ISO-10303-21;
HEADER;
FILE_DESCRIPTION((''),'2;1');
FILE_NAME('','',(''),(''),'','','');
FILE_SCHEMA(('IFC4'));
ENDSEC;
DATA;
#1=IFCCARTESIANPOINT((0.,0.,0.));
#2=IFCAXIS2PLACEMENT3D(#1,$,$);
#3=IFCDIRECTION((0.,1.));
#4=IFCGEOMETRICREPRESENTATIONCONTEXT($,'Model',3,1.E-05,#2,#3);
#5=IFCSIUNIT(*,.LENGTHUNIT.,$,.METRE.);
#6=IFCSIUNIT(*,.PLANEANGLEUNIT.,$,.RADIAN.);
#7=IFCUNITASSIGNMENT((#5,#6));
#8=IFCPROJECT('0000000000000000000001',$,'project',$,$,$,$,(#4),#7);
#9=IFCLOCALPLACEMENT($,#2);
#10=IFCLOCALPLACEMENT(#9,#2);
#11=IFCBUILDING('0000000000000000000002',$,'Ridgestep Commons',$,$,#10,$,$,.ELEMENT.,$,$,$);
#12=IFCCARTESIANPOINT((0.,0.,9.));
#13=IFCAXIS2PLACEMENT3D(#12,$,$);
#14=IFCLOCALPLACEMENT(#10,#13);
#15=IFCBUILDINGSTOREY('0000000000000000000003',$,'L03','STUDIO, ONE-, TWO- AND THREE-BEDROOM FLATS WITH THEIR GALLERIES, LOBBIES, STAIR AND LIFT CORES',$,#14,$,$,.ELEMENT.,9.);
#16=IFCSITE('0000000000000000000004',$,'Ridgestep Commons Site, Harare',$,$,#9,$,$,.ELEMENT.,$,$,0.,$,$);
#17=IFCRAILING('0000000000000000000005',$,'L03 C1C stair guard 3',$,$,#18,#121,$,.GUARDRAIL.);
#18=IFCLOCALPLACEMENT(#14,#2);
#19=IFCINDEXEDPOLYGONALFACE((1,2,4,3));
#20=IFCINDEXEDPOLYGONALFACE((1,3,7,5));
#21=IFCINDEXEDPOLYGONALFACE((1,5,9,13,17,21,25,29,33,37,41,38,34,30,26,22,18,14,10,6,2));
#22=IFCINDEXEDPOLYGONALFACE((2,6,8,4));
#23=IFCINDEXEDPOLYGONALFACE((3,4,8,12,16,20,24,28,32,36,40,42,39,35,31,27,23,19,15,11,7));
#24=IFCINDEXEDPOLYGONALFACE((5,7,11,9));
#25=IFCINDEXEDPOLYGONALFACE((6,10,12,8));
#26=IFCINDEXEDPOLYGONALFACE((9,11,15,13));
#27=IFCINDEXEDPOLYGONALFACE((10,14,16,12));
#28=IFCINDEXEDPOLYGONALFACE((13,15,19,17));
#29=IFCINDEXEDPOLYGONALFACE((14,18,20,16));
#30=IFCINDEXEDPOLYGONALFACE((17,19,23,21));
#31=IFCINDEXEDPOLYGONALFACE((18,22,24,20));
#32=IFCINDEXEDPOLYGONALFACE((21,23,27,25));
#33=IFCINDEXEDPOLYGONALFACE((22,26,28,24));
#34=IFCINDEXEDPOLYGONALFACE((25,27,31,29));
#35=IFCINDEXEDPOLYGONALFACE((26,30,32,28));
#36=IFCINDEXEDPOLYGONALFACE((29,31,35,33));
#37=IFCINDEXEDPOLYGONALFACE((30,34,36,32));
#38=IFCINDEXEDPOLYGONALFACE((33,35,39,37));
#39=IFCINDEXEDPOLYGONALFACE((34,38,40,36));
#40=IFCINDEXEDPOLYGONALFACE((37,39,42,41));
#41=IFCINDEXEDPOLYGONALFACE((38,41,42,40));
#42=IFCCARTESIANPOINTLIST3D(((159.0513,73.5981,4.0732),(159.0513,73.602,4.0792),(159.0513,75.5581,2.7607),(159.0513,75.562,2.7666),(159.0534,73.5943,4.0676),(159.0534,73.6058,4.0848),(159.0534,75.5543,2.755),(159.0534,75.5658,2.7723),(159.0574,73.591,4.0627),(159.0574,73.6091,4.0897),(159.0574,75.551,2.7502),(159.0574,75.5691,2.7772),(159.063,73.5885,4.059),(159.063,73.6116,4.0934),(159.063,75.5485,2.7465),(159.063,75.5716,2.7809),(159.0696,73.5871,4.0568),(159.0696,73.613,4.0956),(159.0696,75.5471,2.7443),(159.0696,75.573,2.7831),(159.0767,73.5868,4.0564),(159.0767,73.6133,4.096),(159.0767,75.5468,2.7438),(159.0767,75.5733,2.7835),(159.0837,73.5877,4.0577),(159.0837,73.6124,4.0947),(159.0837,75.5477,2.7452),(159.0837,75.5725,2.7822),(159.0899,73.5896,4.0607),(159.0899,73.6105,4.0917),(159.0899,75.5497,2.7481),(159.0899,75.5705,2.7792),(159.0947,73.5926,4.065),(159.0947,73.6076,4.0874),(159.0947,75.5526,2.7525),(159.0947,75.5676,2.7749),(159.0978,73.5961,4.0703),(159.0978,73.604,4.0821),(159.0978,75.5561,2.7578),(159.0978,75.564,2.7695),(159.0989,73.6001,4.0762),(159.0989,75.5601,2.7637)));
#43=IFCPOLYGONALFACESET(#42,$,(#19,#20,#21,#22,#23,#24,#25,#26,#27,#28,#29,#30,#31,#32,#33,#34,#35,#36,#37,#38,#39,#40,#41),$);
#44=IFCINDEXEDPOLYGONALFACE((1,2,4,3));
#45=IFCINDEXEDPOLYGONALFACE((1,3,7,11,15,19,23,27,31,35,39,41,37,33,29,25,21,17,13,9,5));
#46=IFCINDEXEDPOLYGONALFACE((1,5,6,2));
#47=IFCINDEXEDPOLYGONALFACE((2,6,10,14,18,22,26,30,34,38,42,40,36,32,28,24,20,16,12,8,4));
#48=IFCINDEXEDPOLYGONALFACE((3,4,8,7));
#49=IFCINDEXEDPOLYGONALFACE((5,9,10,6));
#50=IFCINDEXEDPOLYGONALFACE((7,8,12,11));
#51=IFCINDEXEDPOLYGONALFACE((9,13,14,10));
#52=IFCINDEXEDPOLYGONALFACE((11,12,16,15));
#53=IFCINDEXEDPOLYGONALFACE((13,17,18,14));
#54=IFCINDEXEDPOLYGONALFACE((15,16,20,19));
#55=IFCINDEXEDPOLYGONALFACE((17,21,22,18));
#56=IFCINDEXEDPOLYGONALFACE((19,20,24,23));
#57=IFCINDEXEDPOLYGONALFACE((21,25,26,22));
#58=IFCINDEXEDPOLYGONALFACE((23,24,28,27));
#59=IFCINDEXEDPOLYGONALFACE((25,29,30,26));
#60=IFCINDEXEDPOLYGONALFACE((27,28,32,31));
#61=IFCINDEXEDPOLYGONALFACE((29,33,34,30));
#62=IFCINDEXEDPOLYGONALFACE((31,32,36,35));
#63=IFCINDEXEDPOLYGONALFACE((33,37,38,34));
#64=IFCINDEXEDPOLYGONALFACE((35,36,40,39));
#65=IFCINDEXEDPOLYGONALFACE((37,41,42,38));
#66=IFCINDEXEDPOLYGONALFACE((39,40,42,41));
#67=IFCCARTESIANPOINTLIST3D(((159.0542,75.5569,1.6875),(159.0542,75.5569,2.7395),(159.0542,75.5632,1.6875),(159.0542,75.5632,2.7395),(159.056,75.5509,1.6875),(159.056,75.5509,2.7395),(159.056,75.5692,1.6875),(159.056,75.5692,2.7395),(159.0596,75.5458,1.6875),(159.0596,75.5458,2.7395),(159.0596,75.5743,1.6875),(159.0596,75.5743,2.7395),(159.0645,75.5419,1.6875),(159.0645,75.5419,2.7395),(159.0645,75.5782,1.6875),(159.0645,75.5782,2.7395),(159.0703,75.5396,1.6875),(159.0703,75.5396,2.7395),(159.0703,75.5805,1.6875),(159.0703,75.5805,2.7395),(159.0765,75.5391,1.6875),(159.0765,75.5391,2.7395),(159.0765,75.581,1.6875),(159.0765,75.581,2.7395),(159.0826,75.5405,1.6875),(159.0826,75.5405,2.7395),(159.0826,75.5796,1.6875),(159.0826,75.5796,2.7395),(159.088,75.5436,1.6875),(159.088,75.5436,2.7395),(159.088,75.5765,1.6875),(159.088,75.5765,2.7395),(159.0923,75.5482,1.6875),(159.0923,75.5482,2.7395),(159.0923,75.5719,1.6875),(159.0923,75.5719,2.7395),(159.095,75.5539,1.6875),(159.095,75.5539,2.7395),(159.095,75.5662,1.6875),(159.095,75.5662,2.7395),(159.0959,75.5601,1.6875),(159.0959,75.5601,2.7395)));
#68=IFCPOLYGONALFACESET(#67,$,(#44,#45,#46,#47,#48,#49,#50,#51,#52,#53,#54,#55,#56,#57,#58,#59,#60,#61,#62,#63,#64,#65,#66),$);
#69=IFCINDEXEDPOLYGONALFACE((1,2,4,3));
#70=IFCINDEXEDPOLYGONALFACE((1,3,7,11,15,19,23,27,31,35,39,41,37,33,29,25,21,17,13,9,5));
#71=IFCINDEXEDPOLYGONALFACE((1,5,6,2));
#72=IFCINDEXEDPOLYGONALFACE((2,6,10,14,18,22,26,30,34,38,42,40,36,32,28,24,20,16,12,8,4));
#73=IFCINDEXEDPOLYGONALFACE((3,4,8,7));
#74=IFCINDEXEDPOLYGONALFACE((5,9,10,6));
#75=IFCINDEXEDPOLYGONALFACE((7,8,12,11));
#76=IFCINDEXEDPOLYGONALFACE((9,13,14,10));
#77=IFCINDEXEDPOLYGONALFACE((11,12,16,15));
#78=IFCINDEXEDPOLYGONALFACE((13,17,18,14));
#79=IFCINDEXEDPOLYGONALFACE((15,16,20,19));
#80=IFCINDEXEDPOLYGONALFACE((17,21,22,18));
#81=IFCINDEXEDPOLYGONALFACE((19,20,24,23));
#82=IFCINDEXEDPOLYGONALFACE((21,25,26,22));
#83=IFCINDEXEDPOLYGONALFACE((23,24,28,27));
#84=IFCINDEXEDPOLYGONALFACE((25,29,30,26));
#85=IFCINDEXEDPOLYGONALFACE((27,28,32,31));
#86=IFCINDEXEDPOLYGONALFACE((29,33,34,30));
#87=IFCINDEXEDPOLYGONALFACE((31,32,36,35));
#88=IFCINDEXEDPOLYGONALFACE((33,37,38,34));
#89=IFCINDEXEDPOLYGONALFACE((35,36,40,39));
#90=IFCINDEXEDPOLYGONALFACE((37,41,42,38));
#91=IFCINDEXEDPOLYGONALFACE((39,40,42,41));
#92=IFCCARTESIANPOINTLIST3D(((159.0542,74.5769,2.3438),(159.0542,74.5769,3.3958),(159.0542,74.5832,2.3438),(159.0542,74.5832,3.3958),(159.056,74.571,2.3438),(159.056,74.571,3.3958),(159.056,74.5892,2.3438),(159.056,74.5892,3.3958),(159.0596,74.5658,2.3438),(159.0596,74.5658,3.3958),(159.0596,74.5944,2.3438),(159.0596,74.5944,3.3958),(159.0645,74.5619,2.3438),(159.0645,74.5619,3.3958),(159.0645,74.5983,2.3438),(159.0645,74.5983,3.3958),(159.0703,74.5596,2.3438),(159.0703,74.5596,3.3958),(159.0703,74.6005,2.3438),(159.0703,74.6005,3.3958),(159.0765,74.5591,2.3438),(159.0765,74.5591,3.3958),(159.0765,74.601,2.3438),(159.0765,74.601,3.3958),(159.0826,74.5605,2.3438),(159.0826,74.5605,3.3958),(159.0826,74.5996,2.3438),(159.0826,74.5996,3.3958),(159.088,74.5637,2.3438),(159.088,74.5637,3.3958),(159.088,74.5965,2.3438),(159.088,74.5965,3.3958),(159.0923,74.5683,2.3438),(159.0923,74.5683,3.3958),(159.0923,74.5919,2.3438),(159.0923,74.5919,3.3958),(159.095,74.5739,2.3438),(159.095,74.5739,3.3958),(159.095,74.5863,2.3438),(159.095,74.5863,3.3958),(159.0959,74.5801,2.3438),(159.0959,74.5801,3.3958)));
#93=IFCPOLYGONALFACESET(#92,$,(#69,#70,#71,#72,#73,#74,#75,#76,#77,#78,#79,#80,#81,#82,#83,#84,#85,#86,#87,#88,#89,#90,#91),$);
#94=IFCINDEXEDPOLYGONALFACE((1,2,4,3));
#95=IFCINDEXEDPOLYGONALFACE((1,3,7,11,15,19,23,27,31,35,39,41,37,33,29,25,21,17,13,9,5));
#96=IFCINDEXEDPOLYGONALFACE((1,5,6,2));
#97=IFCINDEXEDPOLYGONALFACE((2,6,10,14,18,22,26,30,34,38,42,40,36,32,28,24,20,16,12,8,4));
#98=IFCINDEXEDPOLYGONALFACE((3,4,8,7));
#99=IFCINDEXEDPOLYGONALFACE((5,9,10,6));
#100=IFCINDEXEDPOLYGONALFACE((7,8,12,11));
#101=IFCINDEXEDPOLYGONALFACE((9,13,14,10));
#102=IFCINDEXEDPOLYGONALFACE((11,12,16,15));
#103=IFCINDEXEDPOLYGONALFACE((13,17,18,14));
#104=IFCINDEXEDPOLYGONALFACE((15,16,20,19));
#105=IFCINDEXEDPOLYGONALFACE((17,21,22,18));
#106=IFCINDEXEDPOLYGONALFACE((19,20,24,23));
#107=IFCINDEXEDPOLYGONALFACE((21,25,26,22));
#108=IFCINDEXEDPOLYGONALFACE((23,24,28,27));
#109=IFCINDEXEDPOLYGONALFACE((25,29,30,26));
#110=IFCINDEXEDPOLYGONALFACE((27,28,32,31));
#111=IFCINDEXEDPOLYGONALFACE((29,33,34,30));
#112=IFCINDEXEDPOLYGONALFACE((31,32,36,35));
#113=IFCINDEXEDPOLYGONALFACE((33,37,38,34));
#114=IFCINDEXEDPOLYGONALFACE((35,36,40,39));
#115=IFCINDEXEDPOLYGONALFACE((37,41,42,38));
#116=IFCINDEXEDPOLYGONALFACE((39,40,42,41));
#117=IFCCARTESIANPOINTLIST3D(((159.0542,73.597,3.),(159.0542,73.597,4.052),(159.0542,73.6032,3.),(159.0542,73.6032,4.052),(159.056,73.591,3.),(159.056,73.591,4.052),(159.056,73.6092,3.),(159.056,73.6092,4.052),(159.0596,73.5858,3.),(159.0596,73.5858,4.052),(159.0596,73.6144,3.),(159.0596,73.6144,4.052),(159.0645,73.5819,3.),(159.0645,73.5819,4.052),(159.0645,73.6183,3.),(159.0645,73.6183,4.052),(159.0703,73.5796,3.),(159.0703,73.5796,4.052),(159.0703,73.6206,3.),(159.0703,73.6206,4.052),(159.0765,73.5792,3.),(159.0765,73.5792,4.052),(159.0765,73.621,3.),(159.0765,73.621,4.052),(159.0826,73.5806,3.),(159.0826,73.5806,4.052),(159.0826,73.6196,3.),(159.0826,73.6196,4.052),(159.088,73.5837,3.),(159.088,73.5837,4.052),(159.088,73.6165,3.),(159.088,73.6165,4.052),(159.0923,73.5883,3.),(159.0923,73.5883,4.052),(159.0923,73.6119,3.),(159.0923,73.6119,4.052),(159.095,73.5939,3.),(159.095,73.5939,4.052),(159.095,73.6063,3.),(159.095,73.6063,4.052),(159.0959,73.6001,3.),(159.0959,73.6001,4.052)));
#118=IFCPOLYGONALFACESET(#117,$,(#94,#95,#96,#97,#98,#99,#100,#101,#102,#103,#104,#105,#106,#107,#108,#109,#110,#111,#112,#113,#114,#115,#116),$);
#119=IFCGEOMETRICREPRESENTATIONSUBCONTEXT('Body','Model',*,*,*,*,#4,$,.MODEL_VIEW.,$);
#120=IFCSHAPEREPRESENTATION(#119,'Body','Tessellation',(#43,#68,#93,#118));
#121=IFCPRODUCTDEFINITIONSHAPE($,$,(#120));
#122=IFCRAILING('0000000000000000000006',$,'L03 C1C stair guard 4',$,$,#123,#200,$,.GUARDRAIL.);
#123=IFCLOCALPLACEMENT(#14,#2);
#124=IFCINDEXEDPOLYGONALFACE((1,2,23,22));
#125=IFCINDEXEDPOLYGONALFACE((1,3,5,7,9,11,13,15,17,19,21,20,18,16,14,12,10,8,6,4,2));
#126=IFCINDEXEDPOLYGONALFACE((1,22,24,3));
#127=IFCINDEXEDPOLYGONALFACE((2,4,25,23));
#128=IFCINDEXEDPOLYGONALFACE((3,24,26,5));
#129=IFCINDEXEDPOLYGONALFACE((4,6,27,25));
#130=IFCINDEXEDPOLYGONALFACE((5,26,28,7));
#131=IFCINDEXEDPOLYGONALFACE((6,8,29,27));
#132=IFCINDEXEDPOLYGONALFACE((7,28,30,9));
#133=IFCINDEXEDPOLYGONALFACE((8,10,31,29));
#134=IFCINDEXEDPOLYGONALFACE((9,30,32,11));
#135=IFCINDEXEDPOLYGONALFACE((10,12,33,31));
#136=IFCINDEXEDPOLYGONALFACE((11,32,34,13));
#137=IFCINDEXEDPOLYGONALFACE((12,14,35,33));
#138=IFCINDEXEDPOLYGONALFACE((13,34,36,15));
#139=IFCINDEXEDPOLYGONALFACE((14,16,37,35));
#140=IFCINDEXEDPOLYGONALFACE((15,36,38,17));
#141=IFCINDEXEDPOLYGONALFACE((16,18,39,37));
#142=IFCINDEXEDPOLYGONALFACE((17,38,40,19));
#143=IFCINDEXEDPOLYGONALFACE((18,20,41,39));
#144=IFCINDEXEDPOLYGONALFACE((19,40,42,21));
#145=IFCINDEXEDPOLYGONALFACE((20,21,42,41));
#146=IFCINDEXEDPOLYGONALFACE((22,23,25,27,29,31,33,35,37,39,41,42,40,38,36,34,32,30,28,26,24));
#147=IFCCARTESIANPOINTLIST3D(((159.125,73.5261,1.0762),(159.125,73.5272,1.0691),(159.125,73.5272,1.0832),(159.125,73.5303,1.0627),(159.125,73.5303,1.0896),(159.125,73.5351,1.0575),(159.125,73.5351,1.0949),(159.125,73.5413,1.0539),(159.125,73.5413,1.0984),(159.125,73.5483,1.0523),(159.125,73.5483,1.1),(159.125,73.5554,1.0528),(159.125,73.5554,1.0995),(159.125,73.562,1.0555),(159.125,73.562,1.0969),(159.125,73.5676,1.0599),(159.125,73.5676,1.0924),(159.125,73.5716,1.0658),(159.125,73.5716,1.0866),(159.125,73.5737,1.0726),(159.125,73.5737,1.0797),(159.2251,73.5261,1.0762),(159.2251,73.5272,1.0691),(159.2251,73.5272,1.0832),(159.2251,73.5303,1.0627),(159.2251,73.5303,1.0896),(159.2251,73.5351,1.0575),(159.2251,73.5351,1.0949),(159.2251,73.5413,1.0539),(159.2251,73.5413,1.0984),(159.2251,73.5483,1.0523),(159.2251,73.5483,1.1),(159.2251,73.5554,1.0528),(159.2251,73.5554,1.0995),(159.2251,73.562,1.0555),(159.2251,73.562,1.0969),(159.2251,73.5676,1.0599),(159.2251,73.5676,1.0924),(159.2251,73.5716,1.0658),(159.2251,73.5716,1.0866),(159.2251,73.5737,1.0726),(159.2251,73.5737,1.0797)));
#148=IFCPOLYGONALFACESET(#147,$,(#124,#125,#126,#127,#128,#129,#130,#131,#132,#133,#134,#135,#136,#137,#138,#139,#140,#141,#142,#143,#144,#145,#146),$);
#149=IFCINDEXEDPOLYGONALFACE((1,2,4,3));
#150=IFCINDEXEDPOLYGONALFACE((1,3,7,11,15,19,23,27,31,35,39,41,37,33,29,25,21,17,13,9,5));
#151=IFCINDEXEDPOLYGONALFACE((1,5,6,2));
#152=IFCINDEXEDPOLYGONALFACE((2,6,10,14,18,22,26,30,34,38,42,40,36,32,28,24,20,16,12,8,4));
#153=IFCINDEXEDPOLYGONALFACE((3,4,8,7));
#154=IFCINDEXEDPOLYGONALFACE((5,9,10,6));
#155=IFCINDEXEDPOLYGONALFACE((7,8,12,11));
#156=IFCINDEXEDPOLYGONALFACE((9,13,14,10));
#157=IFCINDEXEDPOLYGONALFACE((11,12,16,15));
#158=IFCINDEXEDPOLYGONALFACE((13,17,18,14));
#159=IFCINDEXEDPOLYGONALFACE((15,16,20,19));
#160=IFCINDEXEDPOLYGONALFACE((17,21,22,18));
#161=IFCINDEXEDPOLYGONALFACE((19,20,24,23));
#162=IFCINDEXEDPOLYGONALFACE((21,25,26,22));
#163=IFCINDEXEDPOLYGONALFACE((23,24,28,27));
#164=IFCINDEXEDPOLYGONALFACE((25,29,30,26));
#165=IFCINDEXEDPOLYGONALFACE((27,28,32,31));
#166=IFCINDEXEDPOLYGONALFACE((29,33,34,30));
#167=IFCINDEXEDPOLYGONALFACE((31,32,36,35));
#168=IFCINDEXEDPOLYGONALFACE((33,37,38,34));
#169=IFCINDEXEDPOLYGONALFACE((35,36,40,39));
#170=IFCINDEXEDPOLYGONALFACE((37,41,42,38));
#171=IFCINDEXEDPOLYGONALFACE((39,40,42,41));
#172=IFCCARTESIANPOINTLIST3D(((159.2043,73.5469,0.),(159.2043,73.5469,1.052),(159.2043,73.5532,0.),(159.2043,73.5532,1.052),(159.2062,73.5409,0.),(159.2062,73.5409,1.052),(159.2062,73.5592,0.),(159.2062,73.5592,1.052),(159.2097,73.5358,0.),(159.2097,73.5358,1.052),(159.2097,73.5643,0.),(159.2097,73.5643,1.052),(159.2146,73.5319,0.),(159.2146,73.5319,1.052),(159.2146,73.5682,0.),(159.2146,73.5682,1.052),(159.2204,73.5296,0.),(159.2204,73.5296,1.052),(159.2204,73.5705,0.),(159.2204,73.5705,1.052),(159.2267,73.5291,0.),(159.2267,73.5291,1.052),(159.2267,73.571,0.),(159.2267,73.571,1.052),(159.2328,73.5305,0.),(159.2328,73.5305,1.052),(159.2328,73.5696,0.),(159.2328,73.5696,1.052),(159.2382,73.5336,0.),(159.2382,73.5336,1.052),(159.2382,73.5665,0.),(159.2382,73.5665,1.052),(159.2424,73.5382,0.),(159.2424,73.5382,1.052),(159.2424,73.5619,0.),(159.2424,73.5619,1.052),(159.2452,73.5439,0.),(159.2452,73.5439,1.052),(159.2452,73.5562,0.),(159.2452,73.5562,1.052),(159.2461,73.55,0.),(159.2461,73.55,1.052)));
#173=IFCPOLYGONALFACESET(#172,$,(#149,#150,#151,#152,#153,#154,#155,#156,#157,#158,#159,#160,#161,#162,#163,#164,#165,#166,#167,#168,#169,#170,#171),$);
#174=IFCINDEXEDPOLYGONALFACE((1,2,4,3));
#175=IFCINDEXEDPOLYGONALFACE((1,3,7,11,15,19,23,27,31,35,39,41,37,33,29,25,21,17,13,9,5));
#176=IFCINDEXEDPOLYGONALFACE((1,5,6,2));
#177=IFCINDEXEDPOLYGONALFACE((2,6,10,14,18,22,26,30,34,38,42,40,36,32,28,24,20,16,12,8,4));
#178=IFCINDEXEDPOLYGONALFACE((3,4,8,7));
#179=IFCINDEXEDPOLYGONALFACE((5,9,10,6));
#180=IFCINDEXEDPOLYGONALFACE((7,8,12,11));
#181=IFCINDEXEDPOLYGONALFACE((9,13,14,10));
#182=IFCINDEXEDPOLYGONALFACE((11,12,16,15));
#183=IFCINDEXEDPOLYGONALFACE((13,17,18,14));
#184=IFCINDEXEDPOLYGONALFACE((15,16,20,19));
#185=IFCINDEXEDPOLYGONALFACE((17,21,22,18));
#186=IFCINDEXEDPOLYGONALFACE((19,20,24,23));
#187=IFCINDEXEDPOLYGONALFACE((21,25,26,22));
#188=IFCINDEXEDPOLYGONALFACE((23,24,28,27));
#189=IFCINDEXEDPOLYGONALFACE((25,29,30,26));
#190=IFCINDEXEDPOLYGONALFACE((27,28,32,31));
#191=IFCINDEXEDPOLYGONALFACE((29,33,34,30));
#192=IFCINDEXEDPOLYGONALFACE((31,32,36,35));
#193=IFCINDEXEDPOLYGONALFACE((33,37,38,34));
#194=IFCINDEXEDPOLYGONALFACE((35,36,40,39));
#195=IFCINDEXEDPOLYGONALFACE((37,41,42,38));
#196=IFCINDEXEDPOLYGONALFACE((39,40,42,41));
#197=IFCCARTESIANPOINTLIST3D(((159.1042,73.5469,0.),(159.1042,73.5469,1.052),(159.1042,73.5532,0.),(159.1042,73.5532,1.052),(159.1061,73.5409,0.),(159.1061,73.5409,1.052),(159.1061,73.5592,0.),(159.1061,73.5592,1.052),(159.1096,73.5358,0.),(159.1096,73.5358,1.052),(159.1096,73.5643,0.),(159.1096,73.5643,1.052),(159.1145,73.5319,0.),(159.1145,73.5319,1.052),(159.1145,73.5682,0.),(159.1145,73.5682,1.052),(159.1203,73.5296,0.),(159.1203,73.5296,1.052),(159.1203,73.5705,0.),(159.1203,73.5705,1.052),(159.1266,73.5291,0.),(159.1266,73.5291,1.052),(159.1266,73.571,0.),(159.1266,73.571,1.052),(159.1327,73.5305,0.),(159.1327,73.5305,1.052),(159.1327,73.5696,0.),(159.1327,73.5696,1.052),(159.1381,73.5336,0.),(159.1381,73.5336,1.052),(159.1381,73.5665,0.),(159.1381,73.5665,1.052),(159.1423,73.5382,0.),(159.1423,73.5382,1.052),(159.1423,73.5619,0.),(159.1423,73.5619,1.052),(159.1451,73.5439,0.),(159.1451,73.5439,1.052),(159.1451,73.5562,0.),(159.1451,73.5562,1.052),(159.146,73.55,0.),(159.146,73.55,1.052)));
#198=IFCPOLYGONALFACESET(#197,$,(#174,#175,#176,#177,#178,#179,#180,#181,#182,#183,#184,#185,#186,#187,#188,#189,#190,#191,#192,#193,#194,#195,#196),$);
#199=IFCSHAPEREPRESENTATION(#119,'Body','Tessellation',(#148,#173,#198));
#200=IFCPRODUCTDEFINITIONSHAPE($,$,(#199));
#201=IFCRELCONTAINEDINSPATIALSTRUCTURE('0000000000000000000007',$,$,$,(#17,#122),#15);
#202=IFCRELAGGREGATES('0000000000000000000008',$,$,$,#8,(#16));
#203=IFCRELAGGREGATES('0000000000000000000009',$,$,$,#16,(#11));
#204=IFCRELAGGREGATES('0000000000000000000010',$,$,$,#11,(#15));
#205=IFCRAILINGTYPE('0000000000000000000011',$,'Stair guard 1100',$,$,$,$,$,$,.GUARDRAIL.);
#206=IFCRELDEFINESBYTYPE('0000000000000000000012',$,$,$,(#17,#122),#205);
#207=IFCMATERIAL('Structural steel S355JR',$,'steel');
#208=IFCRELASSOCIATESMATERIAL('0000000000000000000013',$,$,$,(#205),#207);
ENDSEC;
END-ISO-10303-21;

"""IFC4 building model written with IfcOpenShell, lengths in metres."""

from ifc_helpers import new_model, si_unit, direction, frame, origin, origin_2d, place, context, subcontext, project, spatial, circle, extrude, material, type_object, element, save


model = new_model("IFC4")

# Units and contexts
model_context = context("Model", 3, precision=1e-05, world=origin(), true_north=direction((0.0, 1.0)))
body_context = subcontext(model_context, "Body", "Model", "MODEL_VIEW")
ifc_project = project(units=[si_unit("LENGTHUNIT", "METRE"), si_unit("PLANEANGLEUNIT", "RADIAN")], contexts=[model_context])

# Site, building, storey
site_placement = place(None, origin())
site = spatial("IfcSite", under=ifc_project, at=site_placement, Name="Ridgestep Commons Site, Harare", CompositionType="ELEMENT", RefElevation=0.0)
building_placement = place(site_placement, origin())
building = spatial("IfcBuilding", under=site, at=building_placement, Name="Ridgestep Commons", CompositionType="ELEMENT")
storey_placement = place(building_placement, frame((0.0, 0.0, 9.0)))
storey = spatial("IfcBuildingStorey", under=building, at=storey_placement, Name="L03", Description="STUDIO, ONE-, TWO- AND THREE-BEDROOM FLATS WITH THEIR GALLERIES, LOBBIES, STAIR AND LIFT CORES", CompositionType="ELEMENT", Elevation=9.0)

# Railings
ifc_material_1 = material(Name="Structural steel S355JR", Category="steel")
railing_type_1 = type_object("IfcRailingType", Name="Stair guard 1100", PredefinedType="GUARDRAIL", material=ifc_material_1)
railing_1_placement = place(storey_placement, frame((159.075, 75.5601, 1.6875)))
element("IfcRailing", 1, at=railing_1_placement, inside=storey, type_object=railing_type_1, Name="L03 C1C stair guard 3", PredefinedType="GUARDRAIL", context=body_context, shape_type="SweptSolid", body=[
    extrude(circle(Radius=0.0239, at=origin_2d()), frame((0.0, 0.0, 1.0762), z_axis=(0.0, -0.830902, 0.556419), x_axis=(1.0, 0.0, 0.0)), (0.0, 0.0, 1.0), 2.3589),
    extrude(circle(Radius=0.021, at=origin_2d()), origin(), (0.0, 0.0, 1.0), 1.052),
    extrude(circle(Radius=0.021, at=origin_2d()), frame((0.0, -0.98, 0.6562)), (0.0, 0.0, 1.0), 1.052),
    extrude(circle(Radius=0.021, at=origin_2d()), frame((0.0, -1.96, 1.3125)), (0.0, 0.0, 1.0), 1.052),
])
railing_2_placement = place(storey_placement, frame((159.2251, 73.55, 0.0)))
element("IfcRailing", 2, at=railing_2_placement, inside=storey, type_object=railing_type_1, Name="L03 C1C stair guard 4", PredefinedType="GUARDRAIL", context=body_context, shape_type="SweptSolid", body=[
    extrude(circle(Radius=0.0239, at=origin_2d()), frame((0.0, 0.0, 1.0762), z_axis=(-1.0, 0.0, 0.0), x_axis=(0.0, -1.0, 0.0)), (0.0, 0.0, 1.0), 0.1001),
    extrude(circle(Radius=0.021, at=origin_2d()), origin(), (0.0, 0.0, 1.0), 1.052),
    extrude(circle(Radius=0.021, at=origin_2d()), frame((-0.1001, 0.0, 0.0)), (0.0, 0.0, 1.0), 1.052),
])

save(model, "model.ifc")
